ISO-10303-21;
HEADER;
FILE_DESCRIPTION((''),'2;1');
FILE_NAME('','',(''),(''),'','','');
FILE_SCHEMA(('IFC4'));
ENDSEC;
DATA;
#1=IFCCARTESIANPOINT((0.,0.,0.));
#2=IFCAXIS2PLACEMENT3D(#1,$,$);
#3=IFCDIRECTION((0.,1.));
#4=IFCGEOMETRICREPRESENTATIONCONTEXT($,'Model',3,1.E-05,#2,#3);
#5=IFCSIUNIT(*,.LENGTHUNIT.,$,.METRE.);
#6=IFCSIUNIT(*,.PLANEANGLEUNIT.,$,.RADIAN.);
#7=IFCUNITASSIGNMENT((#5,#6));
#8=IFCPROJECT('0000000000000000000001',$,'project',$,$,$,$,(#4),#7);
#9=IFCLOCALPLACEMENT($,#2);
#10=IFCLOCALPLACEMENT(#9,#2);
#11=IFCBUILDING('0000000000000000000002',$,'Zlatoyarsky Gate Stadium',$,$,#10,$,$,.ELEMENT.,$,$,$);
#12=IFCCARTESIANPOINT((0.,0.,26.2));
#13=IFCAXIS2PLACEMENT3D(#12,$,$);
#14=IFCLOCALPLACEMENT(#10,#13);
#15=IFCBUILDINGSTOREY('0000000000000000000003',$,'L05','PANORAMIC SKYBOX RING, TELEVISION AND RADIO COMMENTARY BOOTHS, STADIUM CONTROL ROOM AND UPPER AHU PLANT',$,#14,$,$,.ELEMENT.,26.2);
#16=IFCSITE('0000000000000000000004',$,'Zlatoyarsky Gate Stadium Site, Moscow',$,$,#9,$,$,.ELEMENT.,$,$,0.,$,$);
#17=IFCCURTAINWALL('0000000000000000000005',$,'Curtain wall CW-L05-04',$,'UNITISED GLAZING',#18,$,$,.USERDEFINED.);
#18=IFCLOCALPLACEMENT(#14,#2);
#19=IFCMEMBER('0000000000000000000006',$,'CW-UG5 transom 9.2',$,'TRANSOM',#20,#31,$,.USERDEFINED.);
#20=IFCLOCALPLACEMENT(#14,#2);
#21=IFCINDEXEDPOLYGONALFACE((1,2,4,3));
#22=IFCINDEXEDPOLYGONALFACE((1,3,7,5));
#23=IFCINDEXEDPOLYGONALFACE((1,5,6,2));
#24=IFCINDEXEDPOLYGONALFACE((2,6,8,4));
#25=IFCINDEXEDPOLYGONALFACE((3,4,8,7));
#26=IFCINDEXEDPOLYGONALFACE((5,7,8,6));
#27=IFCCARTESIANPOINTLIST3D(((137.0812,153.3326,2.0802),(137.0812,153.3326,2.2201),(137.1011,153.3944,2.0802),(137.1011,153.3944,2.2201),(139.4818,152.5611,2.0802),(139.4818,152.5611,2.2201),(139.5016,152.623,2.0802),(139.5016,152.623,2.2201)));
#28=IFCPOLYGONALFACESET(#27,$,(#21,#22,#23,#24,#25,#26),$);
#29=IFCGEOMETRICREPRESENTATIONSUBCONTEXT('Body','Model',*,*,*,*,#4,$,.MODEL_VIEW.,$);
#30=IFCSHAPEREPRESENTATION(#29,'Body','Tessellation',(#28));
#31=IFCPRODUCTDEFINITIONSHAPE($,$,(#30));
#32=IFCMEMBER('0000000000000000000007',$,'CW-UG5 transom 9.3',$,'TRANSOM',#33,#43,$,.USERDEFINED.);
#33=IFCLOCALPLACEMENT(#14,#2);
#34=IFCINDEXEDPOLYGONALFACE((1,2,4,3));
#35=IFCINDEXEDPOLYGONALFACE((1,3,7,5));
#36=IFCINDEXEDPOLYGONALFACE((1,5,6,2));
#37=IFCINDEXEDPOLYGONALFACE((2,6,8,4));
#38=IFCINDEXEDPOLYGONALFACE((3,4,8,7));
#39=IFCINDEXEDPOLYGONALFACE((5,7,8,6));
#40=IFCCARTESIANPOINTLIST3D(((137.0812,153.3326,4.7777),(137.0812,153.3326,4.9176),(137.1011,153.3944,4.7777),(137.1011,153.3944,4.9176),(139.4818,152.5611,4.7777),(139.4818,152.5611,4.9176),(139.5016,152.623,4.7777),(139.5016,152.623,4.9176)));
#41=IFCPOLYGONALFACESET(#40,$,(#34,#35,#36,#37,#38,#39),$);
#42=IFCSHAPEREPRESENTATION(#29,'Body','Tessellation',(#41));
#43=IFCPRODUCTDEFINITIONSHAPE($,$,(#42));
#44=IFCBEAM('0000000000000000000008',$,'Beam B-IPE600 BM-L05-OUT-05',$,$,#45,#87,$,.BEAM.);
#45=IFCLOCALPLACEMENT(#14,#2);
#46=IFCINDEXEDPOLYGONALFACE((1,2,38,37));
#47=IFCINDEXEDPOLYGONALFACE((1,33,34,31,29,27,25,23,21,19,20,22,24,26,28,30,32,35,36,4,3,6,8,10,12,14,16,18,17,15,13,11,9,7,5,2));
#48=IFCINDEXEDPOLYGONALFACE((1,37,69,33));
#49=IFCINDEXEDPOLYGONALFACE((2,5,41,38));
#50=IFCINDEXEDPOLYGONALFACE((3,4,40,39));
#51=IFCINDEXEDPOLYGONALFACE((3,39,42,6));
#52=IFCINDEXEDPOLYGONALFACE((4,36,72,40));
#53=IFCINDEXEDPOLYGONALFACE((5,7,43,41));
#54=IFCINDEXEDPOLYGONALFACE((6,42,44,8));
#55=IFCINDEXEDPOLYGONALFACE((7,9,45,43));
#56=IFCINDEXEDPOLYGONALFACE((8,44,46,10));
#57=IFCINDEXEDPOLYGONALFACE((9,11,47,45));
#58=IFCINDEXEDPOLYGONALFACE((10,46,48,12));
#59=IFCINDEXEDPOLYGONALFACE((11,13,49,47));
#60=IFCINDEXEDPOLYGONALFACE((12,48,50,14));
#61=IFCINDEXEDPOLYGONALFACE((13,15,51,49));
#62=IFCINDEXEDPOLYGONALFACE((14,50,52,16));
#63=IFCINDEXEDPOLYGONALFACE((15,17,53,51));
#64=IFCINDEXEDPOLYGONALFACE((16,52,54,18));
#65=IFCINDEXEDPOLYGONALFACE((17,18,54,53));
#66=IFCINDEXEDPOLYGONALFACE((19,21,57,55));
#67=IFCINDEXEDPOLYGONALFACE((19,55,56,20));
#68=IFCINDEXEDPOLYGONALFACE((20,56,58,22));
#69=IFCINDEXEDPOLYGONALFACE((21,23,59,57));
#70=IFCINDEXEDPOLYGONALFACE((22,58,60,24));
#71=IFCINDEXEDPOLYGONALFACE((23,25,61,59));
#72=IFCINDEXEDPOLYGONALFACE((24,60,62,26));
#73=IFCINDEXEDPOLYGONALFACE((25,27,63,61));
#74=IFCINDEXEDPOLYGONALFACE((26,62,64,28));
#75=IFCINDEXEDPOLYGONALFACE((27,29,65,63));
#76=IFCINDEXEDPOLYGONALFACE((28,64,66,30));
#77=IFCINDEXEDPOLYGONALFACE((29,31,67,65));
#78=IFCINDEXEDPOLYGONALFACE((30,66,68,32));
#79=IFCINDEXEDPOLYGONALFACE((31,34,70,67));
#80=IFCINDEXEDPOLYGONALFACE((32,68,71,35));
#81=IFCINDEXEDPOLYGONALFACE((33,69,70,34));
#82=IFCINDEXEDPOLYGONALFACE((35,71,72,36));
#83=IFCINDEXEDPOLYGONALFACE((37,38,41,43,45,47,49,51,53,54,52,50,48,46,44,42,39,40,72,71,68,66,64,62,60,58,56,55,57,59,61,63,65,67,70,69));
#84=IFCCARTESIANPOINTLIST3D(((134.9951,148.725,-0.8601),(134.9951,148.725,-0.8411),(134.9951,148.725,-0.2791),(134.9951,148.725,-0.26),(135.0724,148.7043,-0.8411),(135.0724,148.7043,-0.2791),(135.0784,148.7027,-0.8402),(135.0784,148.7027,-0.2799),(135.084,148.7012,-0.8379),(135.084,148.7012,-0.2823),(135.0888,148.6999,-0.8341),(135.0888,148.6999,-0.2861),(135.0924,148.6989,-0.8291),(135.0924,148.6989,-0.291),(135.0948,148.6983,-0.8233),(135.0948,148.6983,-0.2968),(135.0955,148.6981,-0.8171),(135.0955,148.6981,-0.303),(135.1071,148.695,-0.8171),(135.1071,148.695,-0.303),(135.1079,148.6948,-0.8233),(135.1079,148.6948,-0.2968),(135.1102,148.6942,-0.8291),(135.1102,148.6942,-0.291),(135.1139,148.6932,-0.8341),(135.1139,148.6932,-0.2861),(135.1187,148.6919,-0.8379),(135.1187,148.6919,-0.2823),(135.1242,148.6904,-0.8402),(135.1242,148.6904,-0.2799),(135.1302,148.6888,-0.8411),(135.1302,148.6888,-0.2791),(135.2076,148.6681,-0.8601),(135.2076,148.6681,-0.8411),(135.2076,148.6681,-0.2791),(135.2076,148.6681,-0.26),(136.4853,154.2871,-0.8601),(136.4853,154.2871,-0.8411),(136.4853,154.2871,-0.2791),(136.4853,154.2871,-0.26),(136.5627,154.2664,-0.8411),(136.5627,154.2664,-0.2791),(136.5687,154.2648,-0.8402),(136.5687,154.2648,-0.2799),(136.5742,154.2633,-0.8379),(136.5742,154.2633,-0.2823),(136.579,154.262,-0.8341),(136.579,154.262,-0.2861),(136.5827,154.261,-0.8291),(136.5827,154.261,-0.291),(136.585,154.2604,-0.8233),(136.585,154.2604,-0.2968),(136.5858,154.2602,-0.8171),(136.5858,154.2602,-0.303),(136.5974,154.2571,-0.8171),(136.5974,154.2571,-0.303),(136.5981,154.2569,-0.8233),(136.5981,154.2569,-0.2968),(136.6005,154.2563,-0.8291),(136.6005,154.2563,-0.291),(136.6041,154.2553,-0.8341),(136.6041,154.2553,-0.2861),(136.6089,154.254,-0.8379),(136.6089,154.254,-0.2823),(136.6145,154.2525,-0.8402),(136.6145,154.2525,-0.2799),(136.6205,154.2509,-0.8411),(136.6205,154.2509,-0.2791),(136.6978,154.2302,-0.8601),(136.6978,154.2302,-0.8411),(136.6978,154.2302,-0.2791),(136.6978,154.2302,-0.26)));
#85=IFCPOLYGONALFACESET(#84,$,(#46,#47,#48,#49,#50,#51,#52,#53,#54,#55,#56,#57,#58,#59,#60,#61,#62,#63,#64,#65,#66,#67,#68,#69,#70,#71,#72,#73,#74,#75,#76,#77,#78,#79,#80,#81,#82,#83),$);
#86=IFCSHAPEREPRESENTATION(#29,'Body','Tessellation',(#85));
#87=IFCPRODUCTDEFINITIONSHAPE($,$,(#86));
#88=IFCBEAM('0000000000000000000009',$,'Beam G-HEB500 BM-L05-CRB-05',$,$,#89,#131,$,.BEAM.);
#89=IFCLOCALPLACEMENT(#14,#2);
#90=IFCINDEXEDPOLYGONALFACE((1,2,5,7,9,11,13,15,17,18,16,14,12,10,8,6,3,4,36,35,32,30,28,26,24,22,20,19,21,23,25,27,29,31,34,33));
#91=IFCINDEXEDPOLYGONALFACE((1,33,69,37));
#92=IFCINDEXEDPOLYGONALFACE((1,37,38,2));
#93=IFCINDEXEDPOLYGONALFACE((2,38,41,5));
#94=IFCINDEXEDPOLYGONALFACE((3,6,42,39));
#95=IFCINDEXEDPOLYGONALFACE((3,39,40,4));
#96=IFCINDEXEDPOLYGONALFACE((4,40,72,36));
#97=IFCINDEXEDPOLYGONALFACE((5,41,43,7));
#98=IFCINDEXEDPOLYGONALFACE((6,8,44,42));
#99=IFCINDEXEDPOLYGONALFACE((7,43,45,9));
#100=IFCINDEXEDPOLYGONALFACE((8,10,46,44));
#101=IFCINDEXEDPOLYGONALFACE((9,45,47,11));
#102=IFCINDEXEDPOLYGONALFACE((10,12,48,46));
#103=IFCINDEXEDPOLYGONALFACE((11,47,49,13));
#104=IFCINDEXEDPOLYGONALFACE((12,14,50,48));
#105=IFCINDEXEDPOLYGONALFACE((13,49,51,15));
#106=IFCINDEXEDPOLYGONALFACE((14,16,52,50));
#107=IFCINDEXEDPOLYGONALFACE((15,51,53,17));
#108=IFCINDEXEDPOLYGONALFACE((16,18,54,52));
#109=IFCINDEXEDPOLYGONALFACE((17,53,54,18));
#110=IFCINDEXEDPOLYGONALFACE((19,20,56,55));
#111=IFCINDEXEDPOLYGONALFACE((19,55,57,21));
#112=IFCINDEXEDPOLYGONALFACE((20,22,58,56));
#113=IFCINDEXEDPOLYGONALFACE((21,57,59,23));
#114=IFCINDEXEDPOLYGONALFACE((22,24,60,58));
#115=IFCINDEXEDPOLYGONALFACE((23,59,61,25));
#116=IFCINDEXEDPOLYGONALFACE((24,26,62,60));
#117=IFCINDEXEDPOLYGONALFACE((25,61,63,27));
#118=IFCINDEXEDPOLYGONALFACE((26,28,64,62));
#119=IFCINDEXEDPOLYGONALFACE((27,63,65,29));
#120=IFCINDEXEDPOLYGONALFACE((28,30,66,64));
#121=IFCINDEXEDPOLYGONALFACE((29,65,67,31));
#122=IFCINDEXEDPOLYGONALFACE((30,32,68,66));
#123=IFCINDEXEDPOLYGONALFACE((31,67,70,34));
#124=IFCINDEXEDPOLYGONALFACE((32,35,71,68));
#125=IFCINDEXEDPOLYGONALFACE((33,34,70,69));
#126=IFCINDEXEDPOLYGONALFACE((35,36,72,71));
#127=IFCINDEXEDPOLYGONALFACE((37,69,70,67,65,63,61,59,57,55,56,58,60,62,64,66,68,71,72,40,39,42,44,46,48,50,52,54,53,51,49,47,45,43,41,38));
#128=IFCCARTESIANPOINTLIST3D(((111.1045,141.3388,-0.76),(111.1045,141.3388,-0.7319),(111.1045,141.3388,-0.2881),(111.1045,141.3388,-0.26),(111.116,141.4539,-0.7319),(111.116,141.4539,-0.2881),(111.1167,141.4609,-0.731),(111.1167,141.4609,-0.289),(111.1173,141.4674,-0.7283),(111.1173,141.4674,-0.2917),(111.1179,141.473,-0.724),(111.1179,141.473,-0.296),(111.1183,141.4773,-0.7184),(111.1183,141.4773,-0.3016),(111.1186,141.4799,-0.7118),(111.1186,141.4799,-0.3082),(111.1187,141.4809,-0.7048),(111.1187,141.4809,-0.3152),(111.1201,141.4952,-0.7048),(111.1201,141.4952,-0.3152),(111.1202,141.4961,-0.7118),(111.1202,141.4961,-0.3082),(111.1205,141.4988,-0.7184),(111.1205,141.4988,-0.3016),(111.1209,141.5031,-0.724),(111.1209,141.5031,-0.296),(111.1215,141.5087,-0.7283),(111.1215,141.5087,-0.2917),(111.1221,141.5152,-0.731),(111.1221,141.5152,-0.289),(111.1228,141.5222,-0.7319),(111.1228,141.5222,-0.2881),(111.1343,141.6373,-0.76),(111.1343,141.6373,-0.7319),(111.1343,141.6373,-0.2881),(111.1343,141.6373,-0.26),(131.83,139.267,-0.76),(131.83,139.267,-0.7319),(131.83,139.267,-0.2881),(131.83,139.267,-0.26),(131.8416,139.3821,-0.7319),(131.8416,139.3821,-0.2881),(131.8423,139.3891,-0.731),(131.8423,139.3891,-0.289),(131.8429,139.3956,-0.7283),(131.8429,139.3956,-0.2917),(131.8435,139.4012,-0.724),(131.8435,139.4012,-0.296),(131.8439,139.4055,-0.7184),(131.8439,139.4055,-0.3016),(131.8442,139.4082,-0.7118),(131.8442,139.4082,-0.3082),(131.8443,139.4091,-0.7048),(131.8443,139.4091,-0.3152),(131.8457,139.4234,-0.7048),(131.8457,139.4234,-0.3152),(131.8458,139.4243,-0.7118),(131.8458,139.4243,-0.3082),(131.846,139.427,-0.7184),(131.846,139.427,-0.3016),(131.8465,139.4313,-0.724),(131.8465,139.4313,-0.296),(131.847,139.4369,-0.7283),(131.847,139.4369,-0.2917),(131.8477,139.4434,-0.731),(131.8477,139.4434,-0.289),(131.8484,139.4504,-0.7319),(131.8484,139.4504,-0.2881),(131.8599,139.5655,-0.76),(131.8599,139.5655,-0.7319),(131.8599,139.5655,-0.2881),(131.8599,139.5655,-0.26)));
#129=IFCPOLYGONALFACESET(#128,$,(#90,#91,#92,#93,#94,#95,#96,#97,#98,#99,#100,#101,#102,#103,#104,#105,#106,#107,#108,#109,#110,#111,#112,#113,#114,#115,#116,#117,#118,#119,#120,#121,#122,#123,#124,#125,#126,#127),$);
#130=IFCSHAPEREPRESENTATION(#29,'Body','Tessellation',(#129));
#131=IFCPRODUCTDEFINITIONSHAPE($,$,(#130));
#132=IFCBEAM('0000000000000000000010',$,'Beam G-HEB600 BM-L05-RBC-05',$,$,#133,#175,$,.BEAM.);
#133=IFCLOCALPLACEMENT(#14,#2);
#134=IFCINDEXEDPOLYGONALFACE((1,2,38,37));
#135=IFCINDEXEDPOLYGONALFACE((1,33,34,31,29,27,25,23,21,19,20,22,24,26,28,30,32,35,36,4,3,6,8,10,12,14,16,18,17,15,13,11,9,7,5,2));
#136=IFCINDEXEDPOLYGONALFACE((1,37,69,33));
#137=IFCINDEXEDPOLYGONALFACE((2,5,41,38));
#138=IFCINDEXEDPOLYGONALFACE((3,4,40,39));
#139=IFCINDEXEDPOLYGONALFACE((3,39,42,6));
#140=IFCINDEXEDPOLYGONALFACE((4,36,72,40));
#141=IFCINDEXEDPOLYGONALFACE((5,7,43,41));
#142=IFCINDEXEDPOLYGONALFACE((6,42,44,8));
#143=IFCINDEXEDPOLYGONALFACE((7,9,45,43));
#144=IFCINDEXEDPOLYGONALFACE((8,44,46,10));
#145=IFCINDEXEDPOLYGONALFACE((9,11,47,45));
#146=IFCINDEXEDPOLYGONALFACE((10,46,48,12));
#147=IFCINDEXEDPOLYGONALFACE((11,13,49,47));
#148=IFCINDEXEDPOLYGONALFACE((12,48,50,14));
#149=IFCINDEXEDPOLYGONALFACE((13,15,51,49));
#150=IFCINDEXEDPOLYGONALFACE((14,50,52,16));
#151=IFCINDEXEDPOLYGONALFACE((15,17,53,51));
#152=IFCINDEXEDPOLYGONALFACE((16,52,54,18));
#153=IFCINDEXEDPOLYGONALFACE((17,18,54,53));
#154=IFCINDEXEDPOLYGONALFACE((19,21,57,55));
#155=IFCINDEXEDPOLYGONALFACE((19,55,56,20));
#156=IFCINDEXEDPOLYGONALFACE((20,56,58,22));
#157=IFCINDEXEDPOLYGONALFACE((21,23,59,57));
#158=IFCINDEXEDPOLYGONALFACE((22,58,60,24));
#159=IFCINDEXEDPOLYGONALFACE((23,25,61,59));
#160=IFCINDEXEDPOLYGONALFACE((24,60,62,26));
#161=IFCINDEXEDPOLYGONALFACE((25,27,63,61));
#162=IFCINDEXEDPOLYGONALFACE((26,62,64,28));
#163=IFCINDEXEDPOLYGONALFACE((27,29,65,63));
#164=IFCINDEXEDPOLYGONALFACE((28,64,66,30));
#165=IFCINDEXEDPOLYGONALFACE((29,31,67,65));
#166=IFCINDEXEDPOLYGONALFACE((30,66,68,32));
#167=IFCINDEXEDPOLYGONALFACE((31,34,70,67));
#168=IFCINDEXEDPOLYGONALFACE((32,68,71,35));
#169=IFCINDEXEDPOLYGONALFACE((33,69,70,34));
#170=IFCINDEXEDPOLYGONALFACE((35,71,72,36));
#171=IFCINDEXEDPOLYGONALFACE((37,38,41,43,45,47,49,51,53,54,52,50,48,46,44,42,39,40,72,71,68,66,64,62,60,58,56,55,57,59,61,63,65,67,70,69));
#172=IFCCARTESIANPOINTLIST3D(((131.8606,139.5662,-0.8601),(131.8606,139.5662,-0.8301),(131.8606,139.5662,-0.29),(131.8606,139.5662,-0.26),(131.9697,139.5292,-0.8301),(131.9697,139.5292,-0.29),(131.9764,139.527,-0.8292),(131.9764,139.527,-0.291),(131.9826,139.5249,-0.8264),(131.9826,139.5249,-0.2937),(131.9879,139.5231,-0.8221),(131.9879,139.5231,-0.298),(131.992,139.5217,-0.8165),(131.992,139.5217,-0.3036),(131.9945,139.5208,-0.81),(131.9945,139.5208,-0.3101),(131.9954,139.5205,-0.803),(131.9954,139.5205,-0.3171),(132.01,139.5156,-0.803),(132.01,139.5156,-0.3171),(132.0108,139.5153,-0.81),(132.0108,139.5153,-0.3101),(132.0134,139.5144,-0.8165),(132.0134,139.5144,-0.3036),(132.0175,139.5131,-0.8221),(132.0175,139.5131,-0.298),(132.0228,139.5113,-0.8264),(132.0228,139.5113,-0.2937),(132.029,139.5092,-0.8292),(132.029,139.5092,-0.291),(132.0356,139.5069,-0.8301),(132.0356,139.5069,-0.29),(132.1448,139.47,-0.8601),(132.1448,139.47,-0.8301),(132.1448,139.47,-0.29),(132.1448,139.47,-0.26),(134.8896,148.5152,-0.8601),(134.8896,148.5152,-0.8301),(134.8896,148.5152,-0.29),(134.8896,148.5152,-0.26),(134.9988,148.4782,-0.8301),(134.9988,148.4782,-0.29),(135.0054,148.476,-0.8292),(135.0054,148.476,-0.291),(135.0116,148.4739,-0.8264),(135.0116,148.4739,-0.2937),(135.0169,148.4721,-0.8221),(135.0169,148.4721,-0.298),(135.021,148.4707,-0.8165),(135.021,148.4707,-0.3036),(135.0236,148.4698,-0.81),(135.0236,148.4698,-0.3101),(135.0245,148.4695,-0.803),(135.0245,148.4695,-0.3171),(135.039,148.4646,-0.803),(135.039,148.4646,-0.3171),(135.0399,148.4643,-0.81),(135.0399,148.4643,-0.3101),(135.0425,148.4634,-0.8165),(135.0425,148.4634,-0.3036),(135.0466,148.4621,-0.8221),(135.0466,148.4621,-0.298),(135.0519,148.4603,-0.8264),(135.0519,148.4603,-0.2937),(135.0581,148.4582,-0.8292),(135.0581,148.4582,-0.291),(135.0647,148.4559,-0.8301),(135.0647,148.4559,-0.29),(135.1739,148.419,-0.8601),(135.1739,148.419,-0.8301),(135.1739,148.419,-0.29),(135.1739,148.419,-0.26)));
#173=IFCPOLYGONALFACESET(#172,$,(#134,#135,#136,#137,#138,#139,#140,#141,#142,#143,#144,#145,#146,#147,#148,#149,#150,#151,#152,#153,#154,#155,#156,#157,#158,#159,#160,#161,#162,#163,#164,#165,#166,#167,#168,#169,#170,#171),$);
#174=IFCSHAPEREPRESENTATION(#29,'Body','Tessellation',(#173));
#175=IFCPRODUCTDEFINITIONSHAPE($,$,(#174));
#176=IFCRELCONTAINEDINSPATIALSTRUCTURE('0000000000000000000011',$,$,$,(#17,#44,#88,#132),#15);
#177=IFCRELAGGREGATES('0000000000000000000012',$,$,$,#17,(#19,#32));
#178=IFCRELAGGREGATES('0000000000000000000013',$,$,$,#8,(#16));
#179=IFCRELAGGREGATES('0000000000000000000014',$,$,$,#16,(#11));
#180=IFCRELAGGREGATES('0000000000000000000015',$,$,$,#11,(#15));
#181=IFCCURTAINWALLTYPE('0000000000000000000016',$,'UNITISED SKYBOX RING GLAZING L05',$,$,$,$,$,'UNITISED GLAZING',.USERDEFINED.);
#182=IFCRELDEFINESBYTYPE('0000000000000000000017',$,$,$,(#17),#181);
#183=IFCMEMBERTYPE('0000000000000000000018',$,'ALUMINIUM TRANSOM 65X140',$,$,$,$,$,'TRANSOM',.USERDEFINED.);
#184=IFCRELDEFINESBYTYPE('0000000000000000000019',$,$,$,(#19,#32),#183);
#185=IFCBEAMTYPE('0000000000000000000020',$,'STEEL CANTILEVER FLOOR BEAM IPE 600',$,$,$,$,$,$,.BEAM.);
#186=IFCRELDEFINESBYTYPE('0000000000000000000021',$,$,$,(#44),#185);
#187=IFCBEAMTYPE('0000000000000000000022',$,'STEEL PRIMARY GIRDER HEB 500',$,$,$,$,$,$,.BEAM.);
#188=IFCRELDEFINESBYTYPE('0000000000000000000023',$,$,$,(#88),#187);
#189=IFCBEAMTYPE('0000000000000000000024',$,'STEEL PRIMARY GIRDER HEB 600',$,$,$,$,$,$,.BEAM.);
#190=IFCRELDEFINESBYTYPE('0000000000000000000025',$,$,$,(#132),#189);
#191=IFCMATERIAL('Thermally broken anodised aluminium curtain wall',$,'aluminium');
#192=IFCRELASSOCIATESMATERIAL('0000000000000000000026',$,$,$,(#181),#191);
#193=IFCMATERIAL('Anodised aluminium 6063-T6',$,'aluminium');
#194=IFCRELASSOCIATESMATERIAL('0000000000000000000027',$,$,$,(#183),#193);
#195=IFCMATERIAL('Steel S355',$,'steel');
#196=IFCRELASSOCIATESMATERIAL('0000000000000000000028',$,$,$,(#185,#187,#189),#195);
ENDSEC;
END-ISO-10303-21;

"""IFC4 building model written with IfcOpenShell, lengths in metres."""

from ifc_helpers import new_model, si_unit, direction, frame, origin, origin_2d, place, context, subcontext, project, spatial, rectangle, i_section, extrude, material, material_profile, profile_set, type_object, element, aggregate, save


model = new_model("IFC4")

# Units and contexts
model_context = context("Model", 3, precision=1e-05, world=origin(), true_north=direction((0.0, 1.0)))
body_context = subcontext(model_context, "Body", "Model", "MODEL_VIEW")
ifc_project = project(units=[si_unit("LENGTHUNIT", "METRE"), si_unit("PLANEANGLEUNIT", "RADIAN")], contexts=[model_context])

# Site, building, storey
site_placement = place(None, origin())
site = spatial("IfcSite", under=ifc_project, at=site_placement, Name="Zlatoyarsky Gate Stadium Site, Moscow", CompositionType="ELEMENT", RefElevation=0.0)
building_placement = place(site_placement, origin())
building = spatial("IfcBuilding", under=site, at=building_placement, Name="Zlatoyarsky Gate Stadium", CompositionType="ELEMENT")
storey_placement = place(building_placement, frame((0.0, 0.0, 26.2)))
storey = spatial("IfcBuildingStorey", under=building, at=storey_placement, Name="L05", Description="PANORAMIC SKYBOX RING, TELEVISION AND RADIO COMMENTARY BOOTHS, STADIUM CONTROL ROOM AND UPPER AHU PLANT", CompositionType="ELEMENT", Elevation=26.2)

# Shared definitions
ifc_material_1 = material(Name="Steel S355", Category="steel")

# Curtain wall
ifc_material_2 = material(Name="Thermally broken anodised aluminium curtain wall", Category="aluminium")
curtain_wall_type = type_object("IfcCurtainWallType", Name="UNITISED SKYBOX RING GLAZING L05", ElementType="UNITISED GLAZING", PredefinedType="USERDEFINED", material=ifc_material_2)
curtain_wall_1_placement = place(storey_placement, origin())
curtain_wall_1 = element("IfcCurtainWall", 1, at=curtain_wall_1_placement, inside=storey, type_object=curtain_wall_type, Name="Curtain wall CW-L05-04", ObjectType="UNITISED GLAZING", PredefinedType="USERDEFINED")
ifc_material_3 = material(Name="Anodised aluminium 6063-T6", Category="aluminium")

# Members
ifc_material_profile_1 = material_profile(ifc_material_3, rectangle(XDim=0.0649, YDim=0.1399, at=origin_2d()), Name="ALU 65X140")
ifc_profile_set_1 = profile_set([ifc_material_profile_1], Name="Anodised aluminium 6063-T6")
member_type_1 = type_object("IfcMemberType", Name="ALUMINIUM TRANSOM 65X140", ElementType="TRANSOM", PredefinedType="USERDEFINED", material=ifc_profile_set_1)
member_1_placement = place(storey_placement, frame((139.4917, 152.592, 2.1501), z_axis=(-0.952046, 0.305956, 0.0), x_axis=(-0.305956, -0.952046, 0.0)))
member_1 = element("IfcMember", 2, at=member_1_placement, type_object=member_type_1, Name="CW-UG5 transom 9.2", ObjectType="TRANSOM", PredefinedType="USERDEFINED", context=body_context, shape_type="SweptSolid", body=[
    extrude(rectangle(XDim=0.0649, YDim=0.1399, at=origin_2d()), origin(), (0.0, 0.0, 1.0), 2.5215),
])
member_2_placement = place(storey_placement, frame((139.4917, 152.592, 4.8477), z_axis=(-0.952046, 0.305956, 0.0), x_axis=(-0.305956, -0.952046, 0.0)))
member_2 = element("IfcMember", 3, at=member_2_placement, type_object=member_type_1, Name="CW-UG5 transom 9.3", ObjectType="TRANSOM", PredefinedType="USERDEFINED", context=body_context, shape_type="SweptSolid", body=[
    extrude(rectangle(XDim=0.0649, YDim=0.1399, at=origin_2d()), origin(), (0.0, 0.0, 1.0), 2.5215),
])

# Beams
ifc_material_profile_2 = material_profile(ifc_material_1, i_section(OverallWidth=0.22, OverallDepth=0.6001, WebThickness=0.012, FlangeThickness=0.019, FilletRadius=0.0239, at=origin_2d()), Name="IPE 600")
ifc_profile_set_2 = profile_set([ifc_material_profile_2], Name="Steel S355")
beam_type_1 = type_object("IfcBeamType", Name="STEEL CANTILEVER FLOOR BEAM IPE 600", PredefinedType="BEAM", material=ifc_profile_set_2)
beam_1_placement = place(storey_placement, frame((135.1013, 148.6965, -0.5601), z_axis=(0.258802, 0.96593, 0.0), x_axis=(-0.96593, 0.258802, 0.0)))
element("IfcBeam", 4, at=beam_1_placement, inside=storey, type_object=beam_type_1, Name="Beam B-IPE600 BM-L05-OUT-05", PredefinedType="BEAM", context=body_context, shape_type="SweptSolid", body=[
    extrude(i_section(OverallWidth=0.22, OverallDepth=0.6001, WebThickness=0.012, FlangeThickness=0.019, FilletRadius=0.0239, at=origin_2d()), origin(), (0.0, 0.0, 1.0), 5.7583),
])
ifc_material_profile_3 = material_profile(ifc_material_1, i_section(OverallWidth=0.3, OverallDepth=0.5, WebThickness=0.0144, FlangeThickness=0.0281, FilletRadius=0.0271, at=origin_2d()), Name="HEB 500")
ifc_profile_set_3 = profile_set([ifc_material_profile_3], Name="Steel S355")
beam_type_2 = type_object("IfcBeamType", Name="STEEL PRIMARY GIRDER HEB 500", PredefinedType="BEAM", material=ifc_profile_set_3)
beam_2_placement = place(storey_placement, frame((131.845, 139.4163, -0.51), z_axis=(-0.995041, 0.099467, 0.0), x_axis=(-0.099467, -0.995041, 0.0)))
element("IfcBeam", 5, at=beam_2_placement, inside=storey, type_object=beam_type_2, Name="Beam G-HEB500 BM-L05-CRB-05", PredefinedType="BEAM", context=body_context, shape_type="SweptSolid", body=[
    extrude(i_section(OverallWidth=0.3, OverallDepth=0.5, WebThickness=0.0144, FlangeThickness=0.0281, FilletRadius=0.0271, at=origin_2d()), origin(), (0.0, 0.0, 1.0), 20.8289),
])
ifc_material_profile_4 = material_profile(ifc_material_1, i_section(OverallWidth=0.3, OverallDepth=0.6001, WebThickness=0.0154, FlangeThickness=0.03, FilletRadius=0.0271, at=origin_2d()), Name="HEB 600")
ifc_profile_set_4 = profile_set([ifc_material_profile_4], Name="Steel S355")
beam_type_3 = type_object("IfcBeamType", Name="STEEL PRIMARY GIRDER HEB 600", PredefinedType="BEAM", material=ifc_profile_set_4)
beam_3_placement = place(storey_placement, frame((132.0027, 139.5181, -0.5601), z_axis=(0.320612, 0.947211, 0.0), x_axis=(-0.947211, 0.320612, 0.0)))
element("IfcBeam", 6, at=beam_3_placement, inside=storey, type_object=beam_type_3, Name="Beam G-HEB600 BM-L05-RBC-05", PredefinedType="BEAM", context=body_context, shape_type="SweptSolid", body=[
    extrude(i_section(OverallWidth=0.3, OverallDepth=0.6001, WebThickness=0.0154, FlangeThickness=0.03, FilletRadius=0.0271, at=origin_2d()), origin(), (0.0, 0.0, 1.0), 9.4478),
])

aggregate(curtain_wall_1, [member_1, member_2])

save(model, "model.ifc")
